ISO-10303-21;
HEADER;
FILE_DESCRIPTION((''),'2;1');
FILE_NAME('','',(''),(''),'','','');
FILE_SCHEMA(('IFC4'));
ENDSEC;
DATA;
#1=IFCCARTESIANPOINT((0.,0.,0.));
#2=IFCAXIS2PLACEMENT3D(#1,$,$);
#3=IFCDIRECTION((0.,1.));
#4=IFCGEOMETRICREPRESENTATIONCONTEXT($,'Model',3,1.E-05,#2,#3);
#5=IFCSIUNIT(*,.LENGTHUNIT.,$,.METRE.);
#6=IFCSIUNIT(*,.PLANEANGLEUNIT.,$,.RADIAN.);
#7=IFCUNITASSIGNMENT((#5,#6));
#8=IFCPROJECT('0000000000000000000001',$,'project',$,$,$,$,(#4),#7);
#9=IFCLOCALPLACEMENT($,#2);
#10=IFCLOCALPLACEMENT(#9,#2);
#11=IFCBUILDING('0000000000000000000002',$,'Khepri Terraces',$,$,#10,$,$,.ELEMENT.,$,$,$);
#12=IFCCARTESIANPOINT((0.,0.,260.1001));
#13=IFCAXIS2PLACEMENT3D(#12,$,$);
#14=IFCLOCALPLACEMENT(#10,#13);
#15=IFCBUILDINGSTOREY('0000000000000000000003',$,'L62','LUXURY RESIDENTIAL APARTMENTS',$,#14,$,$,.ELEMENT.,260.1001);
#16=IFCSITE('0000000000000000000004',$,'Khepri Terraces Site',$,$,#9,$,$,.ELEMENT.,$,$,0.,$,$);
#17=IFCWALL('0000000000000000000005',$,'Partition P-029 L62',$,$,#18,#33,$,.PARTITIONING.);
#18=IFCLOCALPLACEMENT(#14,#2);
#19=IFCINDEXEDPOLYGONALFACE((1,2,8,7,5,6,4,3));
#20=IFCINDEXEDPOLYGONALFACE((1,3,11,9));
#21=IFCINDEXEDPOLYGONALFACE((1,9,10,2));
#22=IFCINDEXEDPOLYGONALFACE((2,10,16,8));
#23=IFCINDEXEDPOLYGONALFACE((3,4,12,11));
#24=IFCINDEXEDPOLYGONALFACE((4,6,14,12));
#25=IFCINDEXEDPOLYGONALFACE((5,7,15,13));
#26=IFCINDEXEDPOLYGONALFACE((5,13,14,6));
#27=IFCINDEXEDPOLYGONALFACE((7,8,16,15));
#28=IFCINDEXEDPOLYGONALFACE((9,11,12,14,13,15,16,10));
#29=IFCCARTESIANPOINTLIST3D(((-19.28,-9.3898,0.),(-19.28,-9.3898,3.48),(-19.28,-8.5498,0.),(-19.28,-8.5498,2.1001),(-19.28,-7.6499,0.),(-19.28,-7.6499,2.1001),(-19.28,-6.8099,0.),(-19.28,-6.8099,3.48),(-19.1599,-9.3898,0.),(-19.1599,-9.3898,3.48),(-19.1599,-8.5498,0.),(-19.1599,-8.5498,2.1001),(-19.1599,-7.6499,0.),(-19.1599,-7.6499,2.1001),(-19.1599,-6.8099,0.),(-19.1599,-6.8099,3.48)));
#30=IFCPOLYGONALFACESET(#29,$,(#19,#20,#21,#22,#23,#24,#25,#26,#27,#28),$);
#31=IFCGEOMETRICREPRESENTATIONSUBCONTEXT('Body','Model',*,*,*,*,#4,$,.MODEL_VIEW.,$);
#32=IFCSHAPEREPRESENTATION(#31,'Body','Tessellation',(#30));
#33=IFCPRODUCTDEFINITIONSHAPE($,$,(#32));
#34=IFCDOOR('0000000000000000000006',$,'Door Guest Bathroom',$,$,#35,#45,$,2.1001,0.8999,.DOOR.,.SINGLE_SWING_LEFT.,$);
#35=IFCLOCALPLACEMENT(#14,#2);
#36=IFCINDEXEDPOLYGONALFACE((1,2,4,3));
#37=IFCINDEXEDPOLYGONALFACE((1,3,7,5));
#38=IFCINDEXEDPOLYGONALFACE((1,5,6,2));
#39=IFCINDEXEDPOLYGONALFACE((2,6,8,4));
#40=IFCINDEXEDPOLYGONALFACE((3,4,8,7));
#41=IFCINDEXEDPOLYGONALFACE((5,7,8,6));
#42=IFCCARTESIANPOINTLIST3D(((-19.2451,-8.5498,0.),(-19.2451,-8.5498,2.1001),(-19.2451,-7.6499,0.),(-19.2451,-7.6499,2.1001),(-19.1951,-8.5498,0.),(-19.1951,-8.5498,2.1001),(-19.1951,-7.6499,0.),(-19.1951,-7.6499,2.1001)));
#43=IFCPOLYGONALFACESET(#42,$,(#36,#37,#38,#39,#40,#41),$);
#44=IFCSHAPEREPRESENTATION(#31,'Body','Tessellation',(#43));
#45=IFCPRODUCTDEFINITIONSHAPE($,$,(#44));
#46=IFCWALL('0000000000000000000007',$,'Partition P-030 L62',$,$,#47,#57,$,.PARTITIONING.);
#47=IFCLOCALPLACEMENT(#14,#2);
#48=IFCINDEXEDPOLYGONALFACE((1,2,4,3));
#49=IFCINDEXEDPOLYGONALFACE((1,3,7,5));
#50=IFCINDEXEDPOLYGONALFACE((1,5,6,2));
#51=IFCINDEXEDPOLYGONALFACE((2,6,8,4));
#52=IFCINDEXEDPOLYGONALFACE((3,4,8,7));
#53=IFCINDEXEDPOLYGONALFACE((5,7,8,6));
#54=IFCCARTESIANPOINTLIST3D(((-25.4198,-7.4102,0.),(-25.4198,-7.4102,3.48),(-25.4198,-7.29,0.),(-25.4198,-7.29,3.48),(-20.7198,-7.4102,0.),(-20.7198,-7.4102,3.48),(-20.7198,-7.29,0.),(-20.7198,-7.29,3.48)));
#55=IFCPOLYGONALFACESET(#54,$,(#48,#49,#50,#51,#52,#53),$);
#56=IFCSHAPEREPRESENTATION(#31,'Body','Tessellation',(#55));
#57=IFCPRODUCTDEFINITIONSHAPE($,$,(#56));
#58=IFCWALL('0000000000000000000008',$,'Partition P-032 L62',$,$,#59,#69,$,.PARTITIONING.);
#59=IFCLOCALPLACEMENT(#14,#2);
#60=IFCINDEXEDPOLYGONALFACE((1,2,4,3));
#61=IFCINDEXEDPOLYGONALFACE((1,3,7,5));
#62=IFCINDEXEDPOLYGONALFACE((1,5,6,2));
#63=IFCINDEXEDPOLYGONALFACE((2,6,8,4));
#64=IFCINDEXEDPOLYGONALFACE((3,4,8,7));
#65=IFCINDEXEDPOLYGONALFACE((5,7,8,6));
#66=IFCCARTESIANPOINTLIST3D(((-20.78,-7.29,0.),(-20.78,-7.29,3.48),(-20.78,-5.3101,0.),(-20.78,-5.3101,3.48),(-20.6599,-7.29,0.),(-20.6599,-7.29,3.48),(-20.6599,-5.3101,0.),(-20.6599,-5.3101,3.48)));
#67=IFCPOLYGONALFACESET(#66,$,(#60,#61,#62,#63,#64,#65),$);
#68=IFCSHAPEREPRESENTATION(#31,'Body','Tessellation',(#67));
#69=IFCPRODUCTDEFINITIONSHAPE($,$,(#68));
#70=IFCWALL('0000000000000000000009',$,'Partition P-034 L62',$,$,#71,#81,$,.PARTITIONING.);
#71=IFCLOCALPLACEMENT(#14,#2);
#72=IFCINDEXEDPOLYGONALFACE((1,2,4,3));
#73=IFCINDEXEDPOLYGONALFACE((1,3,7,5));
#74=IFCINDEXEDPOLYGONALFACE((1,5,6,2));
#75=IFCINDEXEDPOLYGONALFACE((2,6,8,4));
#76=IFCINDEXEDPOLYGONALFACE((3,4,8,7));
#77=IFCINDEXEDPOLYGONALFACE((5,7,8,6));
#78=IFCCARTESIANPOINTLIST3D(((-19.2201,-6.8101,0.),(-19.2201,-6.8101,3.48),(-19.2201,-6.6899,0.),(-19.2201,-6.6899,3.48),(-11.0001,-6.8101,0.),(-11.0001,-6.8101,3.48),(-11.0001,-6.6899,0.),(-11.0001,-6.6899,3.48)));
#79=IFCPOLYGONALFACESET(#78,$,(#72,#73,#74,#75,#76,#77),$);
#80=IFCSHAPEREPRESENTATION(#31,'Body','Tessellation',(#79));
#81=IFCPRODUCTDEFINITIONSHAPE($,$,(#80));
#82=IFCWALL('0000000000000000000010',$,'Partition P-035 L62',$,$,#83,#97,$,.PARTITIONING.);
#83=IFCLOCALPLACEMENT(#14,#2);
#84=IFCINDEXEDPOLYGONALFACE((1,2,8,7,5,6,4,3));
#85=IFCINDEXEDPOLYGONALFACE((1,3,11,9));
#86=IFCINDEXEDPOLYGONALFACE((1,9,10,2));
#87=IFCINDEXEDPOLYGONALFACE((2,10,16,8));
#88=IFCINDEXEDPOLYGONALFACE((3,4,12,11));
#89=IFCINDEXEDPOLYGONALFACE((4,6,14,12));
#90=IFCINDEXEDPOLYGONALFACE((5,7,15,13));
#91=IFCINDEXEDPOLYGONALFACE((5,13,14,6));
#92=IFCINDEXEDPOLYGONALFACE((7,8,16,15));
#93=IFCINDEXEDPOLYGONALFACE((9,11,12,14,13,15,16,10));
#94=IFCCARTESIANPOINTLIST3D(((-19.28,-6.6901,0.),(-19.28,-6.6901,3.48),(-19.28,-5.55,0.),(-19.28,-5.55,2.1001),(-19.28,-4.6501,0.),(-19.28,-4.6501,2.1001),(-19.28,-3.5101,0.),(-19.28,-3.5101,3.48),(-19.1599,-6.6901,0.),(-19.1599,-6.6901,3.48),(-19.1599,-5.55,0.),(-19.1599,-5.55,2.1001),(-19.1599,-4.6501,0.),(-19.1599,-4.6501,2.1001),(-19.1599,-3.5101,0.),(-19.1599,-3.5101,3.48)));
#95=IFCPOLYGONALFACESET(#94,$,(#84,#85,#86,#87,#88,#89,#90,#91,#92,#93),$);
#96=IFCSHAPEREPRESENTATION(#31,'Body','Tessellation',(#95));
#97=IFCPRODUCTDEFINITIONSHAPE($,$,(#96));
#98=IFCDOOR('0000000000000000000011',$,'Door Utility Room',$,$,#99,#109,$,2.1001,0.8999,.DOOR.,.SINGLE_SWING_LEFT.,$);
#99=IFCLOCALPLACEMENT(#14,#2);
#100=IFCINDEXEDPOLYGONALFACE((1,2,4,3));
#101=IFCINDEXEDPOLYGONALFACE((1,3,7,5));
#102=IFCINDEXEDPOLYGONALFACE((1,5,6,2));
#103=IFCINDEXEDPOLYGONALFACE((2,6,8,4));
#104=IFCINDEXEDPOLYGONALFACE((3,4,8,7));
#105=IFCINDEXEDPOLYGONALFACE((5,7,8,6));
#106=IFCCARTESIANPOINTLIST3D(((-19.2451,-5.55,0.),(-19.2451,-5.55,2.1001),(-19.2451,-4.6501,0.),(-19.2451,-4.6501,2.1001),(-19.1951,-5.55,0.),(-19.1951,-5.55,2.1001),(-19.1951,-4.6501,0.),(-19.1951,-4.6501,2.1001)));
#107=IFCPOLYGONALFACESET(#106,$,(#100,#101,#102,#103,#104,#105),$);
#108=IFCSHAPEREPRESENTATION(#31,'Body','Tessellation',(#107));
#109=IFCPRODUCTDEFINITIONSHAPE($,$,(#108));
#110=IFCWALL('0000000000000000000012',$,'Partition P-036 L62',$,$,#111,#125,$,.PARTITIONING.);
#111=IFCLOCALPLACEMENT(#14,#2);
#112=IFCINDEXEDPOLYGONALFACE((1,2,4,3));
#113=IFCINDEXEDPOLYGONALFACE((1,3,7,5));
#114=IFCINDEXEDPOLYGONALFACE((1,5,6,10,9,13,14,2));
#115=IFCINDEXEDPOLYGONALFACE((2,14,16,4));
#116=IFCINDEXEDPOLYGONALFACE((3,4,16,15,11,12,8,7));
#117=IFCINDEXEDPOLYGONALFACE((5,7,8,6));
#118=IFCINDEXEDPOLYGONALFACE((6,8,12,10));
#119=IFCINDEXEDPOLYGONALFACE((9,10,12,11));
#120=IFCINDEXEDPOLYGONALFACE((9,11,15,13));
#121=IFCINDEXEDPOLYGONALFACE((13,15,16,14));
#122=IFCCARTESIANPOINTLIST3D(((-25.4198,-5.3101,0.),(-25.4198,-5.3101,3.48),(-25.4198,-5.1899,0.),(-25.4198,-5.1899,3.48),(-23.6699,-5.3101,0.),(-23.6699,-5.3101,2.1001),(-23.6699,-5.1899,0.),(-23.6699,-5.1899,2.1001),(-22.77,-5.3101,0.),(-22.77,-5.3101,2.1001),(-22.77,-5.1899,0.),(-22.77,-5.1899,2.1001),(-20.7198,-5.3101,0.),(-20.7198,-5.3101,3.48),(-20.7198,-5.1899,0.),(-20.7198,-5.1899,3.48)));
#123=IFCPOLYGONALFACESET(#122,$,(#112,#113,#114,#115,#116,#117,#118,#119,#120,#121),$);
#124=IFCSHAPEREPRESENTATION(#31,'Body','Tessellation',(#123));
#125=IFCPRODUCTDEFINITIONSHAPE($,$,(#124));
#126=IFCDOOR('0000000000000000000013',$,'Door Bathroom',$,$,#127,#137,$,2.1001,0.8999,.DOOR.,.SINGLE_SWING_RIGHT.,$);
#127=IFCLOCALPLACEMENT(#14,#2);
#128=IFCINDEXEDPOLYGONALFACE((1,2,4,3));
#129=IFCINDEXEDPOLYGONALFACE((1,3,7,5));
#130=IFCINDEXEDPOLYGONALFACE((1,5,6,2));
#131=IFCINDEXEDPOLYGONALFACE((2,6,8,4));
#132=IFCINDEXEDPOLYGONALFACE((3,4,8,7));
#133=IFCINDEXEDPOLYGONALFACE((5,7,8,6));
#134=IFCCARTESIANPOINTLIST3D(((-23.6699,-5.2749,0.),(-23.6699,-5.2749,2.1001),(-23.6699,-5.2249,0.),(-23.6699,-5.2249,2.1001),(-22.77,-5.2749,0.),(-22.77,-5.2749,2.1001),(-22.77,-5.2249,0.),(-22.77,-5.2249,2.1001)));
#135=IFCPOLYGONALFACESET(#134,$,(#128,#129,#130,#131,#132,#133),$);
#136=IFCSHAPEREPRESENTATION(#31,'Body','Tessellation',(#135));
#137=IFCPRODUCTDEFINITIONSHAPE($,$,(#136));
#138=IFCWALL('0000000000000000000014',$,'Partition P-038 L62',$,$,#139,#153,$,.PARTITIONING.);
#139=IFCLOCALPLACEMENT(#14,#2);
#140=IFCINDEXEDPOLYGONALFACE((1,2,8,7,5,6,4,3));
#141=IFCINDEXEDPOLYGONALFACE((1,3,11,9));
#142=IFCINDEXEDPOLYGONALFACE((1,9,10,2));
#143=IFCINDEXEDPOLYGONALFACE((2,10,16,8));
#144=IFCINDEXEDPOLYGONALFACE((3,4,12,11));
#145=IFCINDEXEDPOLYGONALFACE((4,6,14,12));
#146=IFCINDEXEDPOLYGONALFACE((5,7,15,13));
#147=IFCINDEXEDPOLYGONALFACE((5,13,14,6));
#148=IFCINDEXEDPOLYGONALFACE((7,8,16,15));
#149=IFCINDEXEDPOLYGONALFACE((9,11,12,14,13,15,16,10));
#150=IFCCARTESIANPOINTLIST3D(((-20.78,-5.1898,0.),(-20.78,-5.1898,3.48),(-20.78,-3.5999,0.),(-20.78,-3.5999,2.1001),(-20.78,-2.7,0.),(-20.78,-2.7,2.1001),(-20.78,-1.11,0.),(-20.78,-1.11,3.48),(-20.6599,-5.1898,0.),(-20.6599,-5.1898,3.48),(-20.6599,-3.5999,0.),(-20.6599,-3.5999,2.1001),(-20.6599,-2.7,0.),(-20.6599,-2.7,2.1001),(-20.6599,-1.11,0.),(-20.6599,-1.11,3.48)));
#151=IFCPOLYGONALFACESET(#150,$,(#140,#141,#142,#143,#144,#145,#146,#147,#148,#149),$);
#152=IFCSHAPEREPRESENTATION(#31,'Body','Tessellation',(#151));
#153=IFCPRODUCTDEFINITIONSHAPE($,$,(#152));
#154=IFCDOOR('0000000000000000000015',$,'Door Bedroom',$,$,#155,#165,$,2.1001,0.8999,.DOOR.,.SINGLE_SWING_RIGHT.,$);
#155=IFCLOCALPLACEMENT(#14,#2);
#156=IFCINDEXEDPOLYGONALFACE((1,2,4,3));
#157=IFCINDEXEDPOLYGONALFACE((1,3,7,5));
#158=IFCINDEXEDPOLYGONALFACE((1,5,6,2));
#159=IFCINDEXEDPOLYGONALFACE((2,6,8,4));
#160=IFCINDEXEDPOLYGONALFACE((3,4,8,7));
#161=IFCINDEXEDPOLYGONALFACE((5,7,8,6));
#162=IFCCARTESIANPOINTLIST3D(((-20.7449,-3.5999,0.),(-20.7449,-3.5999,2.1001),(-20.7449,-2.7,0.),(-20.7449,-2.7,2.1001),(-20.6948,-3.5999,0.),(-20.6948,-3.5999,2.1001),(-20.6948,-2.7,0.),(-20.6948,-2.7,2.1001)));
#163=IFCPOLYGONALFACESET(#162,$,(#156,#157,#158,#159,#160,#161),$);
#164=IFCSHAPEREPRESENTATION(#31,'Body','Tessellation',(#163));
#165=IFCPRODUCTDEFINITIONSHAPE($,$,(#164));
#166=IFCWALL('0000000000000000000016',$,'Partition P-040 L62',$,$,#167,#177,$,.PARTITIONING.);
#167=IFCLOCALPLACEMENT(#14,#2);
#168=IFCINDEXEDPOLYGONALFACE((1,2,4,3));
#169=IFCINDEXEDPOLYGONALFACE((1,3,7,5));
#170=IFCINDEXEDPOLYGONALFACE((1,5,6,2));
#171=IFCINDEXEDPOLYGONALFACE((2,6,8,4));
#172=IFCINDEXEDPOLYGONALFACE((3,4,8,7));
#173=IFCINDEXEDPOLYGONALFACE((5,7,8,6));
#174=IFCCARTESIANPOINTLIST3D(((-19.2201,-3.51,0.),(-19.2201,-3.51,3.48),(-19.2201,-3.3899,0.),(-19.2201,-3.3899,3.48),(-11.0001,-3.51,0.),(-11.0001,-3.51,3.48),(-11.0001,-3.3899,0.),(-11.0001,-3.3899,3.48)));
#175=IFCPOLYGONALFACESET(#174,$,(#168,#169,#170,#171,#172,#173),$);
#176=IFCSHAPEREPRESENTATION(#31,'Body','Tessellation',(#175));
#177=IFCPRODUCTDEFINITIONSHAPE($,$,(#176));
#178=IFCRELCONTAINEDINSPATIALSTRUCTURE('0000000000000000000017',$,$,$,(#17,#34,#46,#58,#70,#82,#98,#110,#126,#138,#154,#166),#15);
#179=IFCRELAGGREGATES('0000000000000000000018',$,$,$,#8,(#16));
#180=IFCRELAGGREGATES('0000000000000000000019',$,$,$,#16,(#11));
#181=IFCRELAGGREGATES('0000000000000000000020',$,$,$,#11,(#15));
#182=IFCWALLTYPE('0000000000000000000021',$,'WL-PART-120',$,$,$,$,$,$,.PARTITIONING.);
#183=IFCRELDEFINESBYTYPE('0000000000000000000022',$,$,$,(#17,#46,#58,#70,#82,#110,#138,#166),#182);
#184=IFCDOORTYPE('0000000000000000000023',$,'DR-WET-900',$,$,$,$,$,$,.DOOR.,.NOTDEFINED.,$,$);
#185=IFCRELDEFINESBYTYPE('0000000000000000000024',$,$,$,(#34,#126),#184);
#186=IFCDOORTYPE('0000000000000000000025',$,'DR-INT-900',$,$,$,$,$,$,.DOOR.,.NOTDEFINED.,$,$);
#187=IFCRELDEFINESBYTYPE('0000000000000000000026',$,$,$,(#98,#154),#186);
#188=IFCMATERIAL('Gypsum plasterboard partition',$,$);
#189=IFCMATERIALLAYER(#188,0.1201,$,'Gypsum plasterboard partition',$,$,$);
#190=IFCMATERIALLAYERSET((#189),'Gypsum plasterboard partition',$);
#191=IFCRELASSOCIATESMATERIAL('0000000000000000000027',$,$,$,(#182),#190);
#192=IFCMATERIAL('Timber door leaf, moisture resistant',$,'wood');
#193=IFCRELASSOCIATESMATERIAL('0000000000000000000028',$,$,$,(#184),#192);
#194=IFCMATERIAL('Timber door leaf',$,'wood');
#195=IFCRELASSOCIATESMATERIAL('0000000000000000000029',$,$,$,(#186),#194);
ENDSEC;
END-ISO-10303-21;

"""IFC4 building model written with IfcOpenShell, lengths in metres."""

from ifc_helpers import new_model, si_unit, direction, frame, frame_2d, origin, place, context, subcontext, project, spatial, rectangle, extrude, material, layer, layer_set, type_object, element, fill, save


model = new_model("IFC4")

# Units and contexts
model_context = context("Model", 3, precision=1e-05, world=origin(), true_north=direction((0.0, 1.0)))
body_context = subcontext(model_context, "Body", "Model", "MODEL_VIEW")
ifc_project = project(units=[si_unit("LENGTHUNIT", "METRE"), si_unit("PLANEANGLEUNIT", "RADIAN")], contexts=[model_context])

# Site, building, storey
site_placement = place(None, origin())
site = spatial("IfcSite", under=ifc_project, at=site_placement, Name="Khepri Terraces Site", CompositionType="ELEMENT", RefElevation=0.0)
building_placement = place(site_placement, origin())
building = spatial("IfcBuilding", under=site, at=building_placement, Name="Khepri Terraces", CompositionType="ELEMENT")
storey_placement = place(building_placement, frame((0.0, 0.0, 260.1001)))
storey = spatial("IfcBuildingStorey", under=building, at=storey_placement, Name="L62", Description="LUXURY RESIDENTIAL APARTMENTS", CompositionType="ELEMENT", Elevation=260.1001)

# Wall, opening, door
ifc_material_1 = material(Name="Gypsum plasterboard partition")
ifc_layer_1 = layer(ifc_material_1, 0.1201, Name="Gypsum plasterboard partition")
ifc_layer_set_1 = layer_set([ifc_layer_1], Name="Gypsum plasterboard partition")
wall_type_1 = type_object("IfcWallType", Name="WL-PART-120", PredefinedType="PARTITIONING", material=ifc_layer_set_1)
wall_1_placement = place(storey_placement, frame((-19.22, -9.3899, 0.0), z_axis=(0.0, 0.0, 1.0), x_axis=(0.0, 1.0, 0.0)))
wall_1 = element("IfcWall", 1, at=wall_1_placement, inside=storey, type_object=wall_type_1, Name="Partition P-029 L62", PredefinedType="PARTITIONING", context=body_context, shape_type="SweptSolid", body=[
    extrude(rectangle(XDim=2.5798, YDim=0.1201, at=frame_2d((1.29, 0.0))), origin(), (0.0, 0.0, 1.0), 3.48),
])
opening_1_placement = place(wall_1_placement, frame((0.8401, 0.0, 0.0)))
opening_1 = element("IfcOpeningElement", 2, at=opening_1_placement, cuts=wall_1, PredefinedType="OPENING", context=body_context, shape_type="SweptSolid", body=[
    extrude(rectangle(XDim=0.8999, YDim=2.1001, at=frame_2d((0.45, 1.05))), frame((0.0, 0.0701, 0.0), z_axis=(0.0, -1.0, 0.0), x_axis=(1.0, 0.0, 0.0)), (0.0, 0.0, 1.0), 0.1401),
])
ifc_material_2 = material(Name="Timber door leaf, moisture resistant", Category="wood")
door_type_1 = type_object("IfcDoorType", Name="DR-WET-900", OperationType="NOTDEFINED", PredefinedType="DOOR", material=ifc_material_2)
door_1_placement = place(opening_1_placement, frame((0.8999, 0.0, 0.0), z_axis=(0.0, 0.0, 1.0), x_axis=(-1.0, 0.0, 0.0)))
door_1 = element("IfcDoor", 3, at=door_1_placement, inside=storey, type_object=door_type_1, Name="Door Guest Bathroom", OperationType="SINGLE_SWING_LEFT", OverallHeight=2.1001, OverallWidth=0.8999, PredefinedType="DOOR", context=body_context, shape_type="SweptSolid", body=[
    extrude(rectangle(XDim=0.8999, YDim=2.1001, at=frame_2d((0.45, 1.05))), frame((0.0, 0.0249, 0.0), z_axis=(0.0, -1.0, 0.0), x_axis=(1.0, 0.0, 0.0)), (0.0, 0.0, 1.0), 0.05),
])
fill(opening_1, door_1)

# Walls
wall_2_placement = place(storey_placement, frame((-25.4199, -7.3501, 0.0), z_axis=(0.0, 0.0, 1.0), x_axis=(1.0, 0.0, 0.0)))
element("IfcWall", 4, at=wall_2_placement, inside=storey, type_object=wall_type_1, Name="Partition P-030 L62", PredefinedType="PARTITIONING", context=body_context, shape_type="SweptSolid", body=[
    extrude(rectangle(XDim=4.7, YDim=0.1201, at=frame_2d((2.3501, 0.0))), origin(), (0.0, 0.0, 1.0), 3.48),
])
wall_3_placement = place(storey_placement, frame((-20.72, -7.29, 0.0), z_axis=(0.0, 0.0, 1.0), x_axis=(0.0, 1.0, 0.0)))
element("IfcWall", 5, at=wall_3_placement, inside=storey, type_object=wall_type_1, Name="Partition P-032 L62", PredefinedType="PARTITIONING", context=body_context, shape_type="SweptSolid", body=[
    extrude(rectangle(XDim=1.98, YDim=0.1201, at=frame_2d((0.99, 0.0))), origin(), (0.0, 0.0, 1.0), 3.48),
])
wall_4_placement = place(storey_placement, frame((-19.22, -6.75, 0.0), z_axis=(0.0, 0.0, 1.0), x_axis=(1.0, 0.0, 0.0)))
element("IfcWall", 6, at=wall_4_placement, inside=storey, type_object=wall_type_1, Name="Partition P-034 L62", PredefinedType="PARTITIONING", context=body_context, shape_type="SweptSolid", body=[
    extrude(rectangle(XDim=8.22, YDim=0.1201, at=frame_2d((4.1099, 0.0))), origin(), (0.0, 0.0, 1.0), 3.48),
])

# Walls, openings, doors
wall_5_placement = place(storey_placement, frame((-19.22, -6.6899, 0.0), z_axis=(0.0, 0.0, 1.0), x_axis=(0.0, 1.0, 0.0)))
wall_5 = element("IfcWall", 7, at=wall_5_placement, inside=storey, type_object=wall_type_1, Name="Partition P-035 L62", PredefinedType="PARTITIONING", context=body_context, shape_type="SweptSolid", body=[
    extrude(rectangle(XDim=3.1799, YDim=0.1201, at=frame_2d((1.5898, 0.0))), origin(), (0.0, 0.0, 1.0), 3.48),
])
opening_2_placement = place(wall_5_placement, frame((1.1399, 0.0, 0.0)))
opening_2 = element("IfcOpeningElement", 8, at=opening_2_placement, cuts=wall_5, PredefinedType="OPENING", context=body_context, shape_type="SweptSolid", body=[
    extrude(rectangle(XDim=0.8999, YDim=2.1001, at=frame_2d((0.45, 1.05))), frame((0.0, 0.0701, 0.0), z_axis=(0.0, -1.0, 0.0), x_axis=(1.0, 0.0, 0.0)), (0.0, 0.0, 1.0), 0.1401),
])
ifc_material_3 = material(Name="Timber door leaf", Category="wood")
door_type_2 = type_object("IfcDoorType", Name="DR-INT-900", OperationType="NOTDEFINED", PredefinedType="DOOR", material=ifc_material_3)
door_2_placement = place(opening_2_placement, frame((0.8999, 0.0, 0.0), z_axis=(0.0, 0.0, 1.0), x_axis=(-1.0, 0.0, 0.0)))
door_2 = element("IfcDoor", 9, at=door_2_placement, inside=storey, type_object=door_type_2, Name="Door Utility Room", OperationType="SINGLE_SWING_LEFT", OverallHeight=2.1001, OverallWidth=0.8999, PredefinedType="DOOR", context=body_context, shape_type="SweptSolid", body=[
    extrude(rectangle(XDim=0.8999, YDim=2.1001, at=frame_2d((0.45, 1.05))), frame((0.0, 0.0249, 0.0), z_axis=(0.0, -1.0, 0.0), x_axis=(1.0, 0.0, 0.0)), (0.0, 0.0, 1.0), 0.05),
])
fill(opening_2, door_2)
wall_6_placement = place(storey_placement, frame((-25.4199, -5.25, 0.0), z_axis=(0.0, 0.0, 1.0), x_axis=(1.0, 0.0, 0.0)))
wall_6 = element("IfcWall", 10, at=wall_6_placement, inside=storey, type_object=wall_type_1, Name="Partition P-036 L62", PredefinedType="PARTITIONING", context=body_context, shape_type="SweptSolid", body=[
    extrude(rectangle(XDim=4.7, YDim=0.1201, at=frame_2d((2.3501, 0.0))), origin(), (0.0, 0.0, 1.0), 3.48),
])
opening_3_placement = place(wall_6_placement, frame((1.75, 0.0, 0.0)))
opening_3 = element("IfcOpeningElement", 11, at=opening_3_placement, cuts=wall_6, PredefinedType="OPENING", context=body_context, shape_type="SweptSolid", body=[
    extrude(rectangle(XDim=0.8999, YDim=2.1001, at=frame_2d((0.45, 1.05))), frame((0.0, 0.0701, 0.0), z_axis=(0.0, -1.0, 0.0), x_axis=(1.0, 0.0, 0.0)), (0.0, 0.0, 1.0), 0.1401),
])
door_3_placement = place(opening_3_placement, frame((0.8999, 0.0, 0.0), z_axis=(0.0, 0.0, 1.0), x_axis=(-1.0, 0.0, 0.0)))
door_3 = element("IfcDoor", 12, at=door_3_placement, inside=storey, type_object=door_type_1, Name="Door Bathroom", OperationType="SINGLE_SWING_RIGHT", OverallHeight=2.1001, OverallWidth=0.8999, PredefinedType="DOOR", context=body_context, shape_type="SweptSolid", body=[
    extrude(rectangle(XDim=0.8999, YDim=2.1001, at=frame_2d((0.45, 1.05))), frame((0.0, 0.0249, 0.0), z_axis=(0.0, -1.0, 0.0), x_axis=(1.0, 0.0, 0.0)), (0.0, 0.0, 1.0), 0.05),
])
fill(opening_3, door_3)
wall_7_placement = place(storey_placement, frame((-20.72, -5.1899, 0.0), z_axis=(0.0, 0.0, 1.0), x_axis=(0.0, 1.0, 0.0)))
wall_7 = element("IfcWall", 13, at=wall_7_placement, inside=storey, type_object=wall_type_1, Name="Partition P-038 L62", PredefinedType="PARTITIONING", context=body_context, shape_type="SweptSolid", body=[
    extrude(rectangle(XDim=4.0798, YDim=0.1201, at=frame_2d((2.04, 0.0))), origin(), (0.0, 0.0, 1.0), 3.48),
])
opening_4_placement = place(wall_7_placement, frame((1.5901, 0.0, 0.0)))
opening_4 = element("IfcOpeningElement", 14, at=opening_4_placement, cuts=wall_7, PredefinedType="OPENING", context=body_context, shape_type="SweptSolid", body=[
    extrude(rectangle(XDim=0.8999, YDim=2.1001, at=frame_2d((0.45, 1.05))), frame((0.0, 0.0701, 0.0), z_axis=(0.0, -1.0, 0.0), x_axis=(1.0, 0.0, 0.0)), (0.0, 0.0, 1.0), 0.1401),
])
door_4_placement = place(opening_4_placement, origin())
door_4 = element("IfcDoor", 15, at=door_4_placement, inside=storey, type_object=door_type_2, Name="Door Bedroom", OperationType="SINGLE_SWING_RIGHT", OverallHeight=2.1001, OverallWidth=0.8999, PredefinedType="DOOR", context=body_context, shape_type="SweptSolid", body=[
    extrude(rectangle(XDim=0.8999, YDim=2.1001, at=frame_2d((0.45, 1.05))), frame((0.0, 0.0249, 0.0), z_axis=(0.0, -1.0, 0.0), x_axis=(1.0, 0.0, 0.0)), (0.0, 0.0, 1.0), 0.05),
])
fill(opening_4, door_4)

# Wall
wall_8_placement = place(storey_placement, frame((-19.22, -3.45, 0.0), z_axis=(0.0, 0.0, 1.0), x_axis=(1.0, 0.0, 0.0)))
element("IfcWall", 16, at=wall_8_placement, inside=storey, type_object=wall_type_1, Name="Partition P-040 L62", PredefinedType="PARTITIONING", context=body_context, shape_type="SweptSolid", body=[
    extrude(rectangle(XDim=8.22, YDim=0.1201, at=frame_2d((4.1099, 0.0))), origin(), (0.0, 0.0, 1.0), 3.48),
])

save(model, "model.ifc")
